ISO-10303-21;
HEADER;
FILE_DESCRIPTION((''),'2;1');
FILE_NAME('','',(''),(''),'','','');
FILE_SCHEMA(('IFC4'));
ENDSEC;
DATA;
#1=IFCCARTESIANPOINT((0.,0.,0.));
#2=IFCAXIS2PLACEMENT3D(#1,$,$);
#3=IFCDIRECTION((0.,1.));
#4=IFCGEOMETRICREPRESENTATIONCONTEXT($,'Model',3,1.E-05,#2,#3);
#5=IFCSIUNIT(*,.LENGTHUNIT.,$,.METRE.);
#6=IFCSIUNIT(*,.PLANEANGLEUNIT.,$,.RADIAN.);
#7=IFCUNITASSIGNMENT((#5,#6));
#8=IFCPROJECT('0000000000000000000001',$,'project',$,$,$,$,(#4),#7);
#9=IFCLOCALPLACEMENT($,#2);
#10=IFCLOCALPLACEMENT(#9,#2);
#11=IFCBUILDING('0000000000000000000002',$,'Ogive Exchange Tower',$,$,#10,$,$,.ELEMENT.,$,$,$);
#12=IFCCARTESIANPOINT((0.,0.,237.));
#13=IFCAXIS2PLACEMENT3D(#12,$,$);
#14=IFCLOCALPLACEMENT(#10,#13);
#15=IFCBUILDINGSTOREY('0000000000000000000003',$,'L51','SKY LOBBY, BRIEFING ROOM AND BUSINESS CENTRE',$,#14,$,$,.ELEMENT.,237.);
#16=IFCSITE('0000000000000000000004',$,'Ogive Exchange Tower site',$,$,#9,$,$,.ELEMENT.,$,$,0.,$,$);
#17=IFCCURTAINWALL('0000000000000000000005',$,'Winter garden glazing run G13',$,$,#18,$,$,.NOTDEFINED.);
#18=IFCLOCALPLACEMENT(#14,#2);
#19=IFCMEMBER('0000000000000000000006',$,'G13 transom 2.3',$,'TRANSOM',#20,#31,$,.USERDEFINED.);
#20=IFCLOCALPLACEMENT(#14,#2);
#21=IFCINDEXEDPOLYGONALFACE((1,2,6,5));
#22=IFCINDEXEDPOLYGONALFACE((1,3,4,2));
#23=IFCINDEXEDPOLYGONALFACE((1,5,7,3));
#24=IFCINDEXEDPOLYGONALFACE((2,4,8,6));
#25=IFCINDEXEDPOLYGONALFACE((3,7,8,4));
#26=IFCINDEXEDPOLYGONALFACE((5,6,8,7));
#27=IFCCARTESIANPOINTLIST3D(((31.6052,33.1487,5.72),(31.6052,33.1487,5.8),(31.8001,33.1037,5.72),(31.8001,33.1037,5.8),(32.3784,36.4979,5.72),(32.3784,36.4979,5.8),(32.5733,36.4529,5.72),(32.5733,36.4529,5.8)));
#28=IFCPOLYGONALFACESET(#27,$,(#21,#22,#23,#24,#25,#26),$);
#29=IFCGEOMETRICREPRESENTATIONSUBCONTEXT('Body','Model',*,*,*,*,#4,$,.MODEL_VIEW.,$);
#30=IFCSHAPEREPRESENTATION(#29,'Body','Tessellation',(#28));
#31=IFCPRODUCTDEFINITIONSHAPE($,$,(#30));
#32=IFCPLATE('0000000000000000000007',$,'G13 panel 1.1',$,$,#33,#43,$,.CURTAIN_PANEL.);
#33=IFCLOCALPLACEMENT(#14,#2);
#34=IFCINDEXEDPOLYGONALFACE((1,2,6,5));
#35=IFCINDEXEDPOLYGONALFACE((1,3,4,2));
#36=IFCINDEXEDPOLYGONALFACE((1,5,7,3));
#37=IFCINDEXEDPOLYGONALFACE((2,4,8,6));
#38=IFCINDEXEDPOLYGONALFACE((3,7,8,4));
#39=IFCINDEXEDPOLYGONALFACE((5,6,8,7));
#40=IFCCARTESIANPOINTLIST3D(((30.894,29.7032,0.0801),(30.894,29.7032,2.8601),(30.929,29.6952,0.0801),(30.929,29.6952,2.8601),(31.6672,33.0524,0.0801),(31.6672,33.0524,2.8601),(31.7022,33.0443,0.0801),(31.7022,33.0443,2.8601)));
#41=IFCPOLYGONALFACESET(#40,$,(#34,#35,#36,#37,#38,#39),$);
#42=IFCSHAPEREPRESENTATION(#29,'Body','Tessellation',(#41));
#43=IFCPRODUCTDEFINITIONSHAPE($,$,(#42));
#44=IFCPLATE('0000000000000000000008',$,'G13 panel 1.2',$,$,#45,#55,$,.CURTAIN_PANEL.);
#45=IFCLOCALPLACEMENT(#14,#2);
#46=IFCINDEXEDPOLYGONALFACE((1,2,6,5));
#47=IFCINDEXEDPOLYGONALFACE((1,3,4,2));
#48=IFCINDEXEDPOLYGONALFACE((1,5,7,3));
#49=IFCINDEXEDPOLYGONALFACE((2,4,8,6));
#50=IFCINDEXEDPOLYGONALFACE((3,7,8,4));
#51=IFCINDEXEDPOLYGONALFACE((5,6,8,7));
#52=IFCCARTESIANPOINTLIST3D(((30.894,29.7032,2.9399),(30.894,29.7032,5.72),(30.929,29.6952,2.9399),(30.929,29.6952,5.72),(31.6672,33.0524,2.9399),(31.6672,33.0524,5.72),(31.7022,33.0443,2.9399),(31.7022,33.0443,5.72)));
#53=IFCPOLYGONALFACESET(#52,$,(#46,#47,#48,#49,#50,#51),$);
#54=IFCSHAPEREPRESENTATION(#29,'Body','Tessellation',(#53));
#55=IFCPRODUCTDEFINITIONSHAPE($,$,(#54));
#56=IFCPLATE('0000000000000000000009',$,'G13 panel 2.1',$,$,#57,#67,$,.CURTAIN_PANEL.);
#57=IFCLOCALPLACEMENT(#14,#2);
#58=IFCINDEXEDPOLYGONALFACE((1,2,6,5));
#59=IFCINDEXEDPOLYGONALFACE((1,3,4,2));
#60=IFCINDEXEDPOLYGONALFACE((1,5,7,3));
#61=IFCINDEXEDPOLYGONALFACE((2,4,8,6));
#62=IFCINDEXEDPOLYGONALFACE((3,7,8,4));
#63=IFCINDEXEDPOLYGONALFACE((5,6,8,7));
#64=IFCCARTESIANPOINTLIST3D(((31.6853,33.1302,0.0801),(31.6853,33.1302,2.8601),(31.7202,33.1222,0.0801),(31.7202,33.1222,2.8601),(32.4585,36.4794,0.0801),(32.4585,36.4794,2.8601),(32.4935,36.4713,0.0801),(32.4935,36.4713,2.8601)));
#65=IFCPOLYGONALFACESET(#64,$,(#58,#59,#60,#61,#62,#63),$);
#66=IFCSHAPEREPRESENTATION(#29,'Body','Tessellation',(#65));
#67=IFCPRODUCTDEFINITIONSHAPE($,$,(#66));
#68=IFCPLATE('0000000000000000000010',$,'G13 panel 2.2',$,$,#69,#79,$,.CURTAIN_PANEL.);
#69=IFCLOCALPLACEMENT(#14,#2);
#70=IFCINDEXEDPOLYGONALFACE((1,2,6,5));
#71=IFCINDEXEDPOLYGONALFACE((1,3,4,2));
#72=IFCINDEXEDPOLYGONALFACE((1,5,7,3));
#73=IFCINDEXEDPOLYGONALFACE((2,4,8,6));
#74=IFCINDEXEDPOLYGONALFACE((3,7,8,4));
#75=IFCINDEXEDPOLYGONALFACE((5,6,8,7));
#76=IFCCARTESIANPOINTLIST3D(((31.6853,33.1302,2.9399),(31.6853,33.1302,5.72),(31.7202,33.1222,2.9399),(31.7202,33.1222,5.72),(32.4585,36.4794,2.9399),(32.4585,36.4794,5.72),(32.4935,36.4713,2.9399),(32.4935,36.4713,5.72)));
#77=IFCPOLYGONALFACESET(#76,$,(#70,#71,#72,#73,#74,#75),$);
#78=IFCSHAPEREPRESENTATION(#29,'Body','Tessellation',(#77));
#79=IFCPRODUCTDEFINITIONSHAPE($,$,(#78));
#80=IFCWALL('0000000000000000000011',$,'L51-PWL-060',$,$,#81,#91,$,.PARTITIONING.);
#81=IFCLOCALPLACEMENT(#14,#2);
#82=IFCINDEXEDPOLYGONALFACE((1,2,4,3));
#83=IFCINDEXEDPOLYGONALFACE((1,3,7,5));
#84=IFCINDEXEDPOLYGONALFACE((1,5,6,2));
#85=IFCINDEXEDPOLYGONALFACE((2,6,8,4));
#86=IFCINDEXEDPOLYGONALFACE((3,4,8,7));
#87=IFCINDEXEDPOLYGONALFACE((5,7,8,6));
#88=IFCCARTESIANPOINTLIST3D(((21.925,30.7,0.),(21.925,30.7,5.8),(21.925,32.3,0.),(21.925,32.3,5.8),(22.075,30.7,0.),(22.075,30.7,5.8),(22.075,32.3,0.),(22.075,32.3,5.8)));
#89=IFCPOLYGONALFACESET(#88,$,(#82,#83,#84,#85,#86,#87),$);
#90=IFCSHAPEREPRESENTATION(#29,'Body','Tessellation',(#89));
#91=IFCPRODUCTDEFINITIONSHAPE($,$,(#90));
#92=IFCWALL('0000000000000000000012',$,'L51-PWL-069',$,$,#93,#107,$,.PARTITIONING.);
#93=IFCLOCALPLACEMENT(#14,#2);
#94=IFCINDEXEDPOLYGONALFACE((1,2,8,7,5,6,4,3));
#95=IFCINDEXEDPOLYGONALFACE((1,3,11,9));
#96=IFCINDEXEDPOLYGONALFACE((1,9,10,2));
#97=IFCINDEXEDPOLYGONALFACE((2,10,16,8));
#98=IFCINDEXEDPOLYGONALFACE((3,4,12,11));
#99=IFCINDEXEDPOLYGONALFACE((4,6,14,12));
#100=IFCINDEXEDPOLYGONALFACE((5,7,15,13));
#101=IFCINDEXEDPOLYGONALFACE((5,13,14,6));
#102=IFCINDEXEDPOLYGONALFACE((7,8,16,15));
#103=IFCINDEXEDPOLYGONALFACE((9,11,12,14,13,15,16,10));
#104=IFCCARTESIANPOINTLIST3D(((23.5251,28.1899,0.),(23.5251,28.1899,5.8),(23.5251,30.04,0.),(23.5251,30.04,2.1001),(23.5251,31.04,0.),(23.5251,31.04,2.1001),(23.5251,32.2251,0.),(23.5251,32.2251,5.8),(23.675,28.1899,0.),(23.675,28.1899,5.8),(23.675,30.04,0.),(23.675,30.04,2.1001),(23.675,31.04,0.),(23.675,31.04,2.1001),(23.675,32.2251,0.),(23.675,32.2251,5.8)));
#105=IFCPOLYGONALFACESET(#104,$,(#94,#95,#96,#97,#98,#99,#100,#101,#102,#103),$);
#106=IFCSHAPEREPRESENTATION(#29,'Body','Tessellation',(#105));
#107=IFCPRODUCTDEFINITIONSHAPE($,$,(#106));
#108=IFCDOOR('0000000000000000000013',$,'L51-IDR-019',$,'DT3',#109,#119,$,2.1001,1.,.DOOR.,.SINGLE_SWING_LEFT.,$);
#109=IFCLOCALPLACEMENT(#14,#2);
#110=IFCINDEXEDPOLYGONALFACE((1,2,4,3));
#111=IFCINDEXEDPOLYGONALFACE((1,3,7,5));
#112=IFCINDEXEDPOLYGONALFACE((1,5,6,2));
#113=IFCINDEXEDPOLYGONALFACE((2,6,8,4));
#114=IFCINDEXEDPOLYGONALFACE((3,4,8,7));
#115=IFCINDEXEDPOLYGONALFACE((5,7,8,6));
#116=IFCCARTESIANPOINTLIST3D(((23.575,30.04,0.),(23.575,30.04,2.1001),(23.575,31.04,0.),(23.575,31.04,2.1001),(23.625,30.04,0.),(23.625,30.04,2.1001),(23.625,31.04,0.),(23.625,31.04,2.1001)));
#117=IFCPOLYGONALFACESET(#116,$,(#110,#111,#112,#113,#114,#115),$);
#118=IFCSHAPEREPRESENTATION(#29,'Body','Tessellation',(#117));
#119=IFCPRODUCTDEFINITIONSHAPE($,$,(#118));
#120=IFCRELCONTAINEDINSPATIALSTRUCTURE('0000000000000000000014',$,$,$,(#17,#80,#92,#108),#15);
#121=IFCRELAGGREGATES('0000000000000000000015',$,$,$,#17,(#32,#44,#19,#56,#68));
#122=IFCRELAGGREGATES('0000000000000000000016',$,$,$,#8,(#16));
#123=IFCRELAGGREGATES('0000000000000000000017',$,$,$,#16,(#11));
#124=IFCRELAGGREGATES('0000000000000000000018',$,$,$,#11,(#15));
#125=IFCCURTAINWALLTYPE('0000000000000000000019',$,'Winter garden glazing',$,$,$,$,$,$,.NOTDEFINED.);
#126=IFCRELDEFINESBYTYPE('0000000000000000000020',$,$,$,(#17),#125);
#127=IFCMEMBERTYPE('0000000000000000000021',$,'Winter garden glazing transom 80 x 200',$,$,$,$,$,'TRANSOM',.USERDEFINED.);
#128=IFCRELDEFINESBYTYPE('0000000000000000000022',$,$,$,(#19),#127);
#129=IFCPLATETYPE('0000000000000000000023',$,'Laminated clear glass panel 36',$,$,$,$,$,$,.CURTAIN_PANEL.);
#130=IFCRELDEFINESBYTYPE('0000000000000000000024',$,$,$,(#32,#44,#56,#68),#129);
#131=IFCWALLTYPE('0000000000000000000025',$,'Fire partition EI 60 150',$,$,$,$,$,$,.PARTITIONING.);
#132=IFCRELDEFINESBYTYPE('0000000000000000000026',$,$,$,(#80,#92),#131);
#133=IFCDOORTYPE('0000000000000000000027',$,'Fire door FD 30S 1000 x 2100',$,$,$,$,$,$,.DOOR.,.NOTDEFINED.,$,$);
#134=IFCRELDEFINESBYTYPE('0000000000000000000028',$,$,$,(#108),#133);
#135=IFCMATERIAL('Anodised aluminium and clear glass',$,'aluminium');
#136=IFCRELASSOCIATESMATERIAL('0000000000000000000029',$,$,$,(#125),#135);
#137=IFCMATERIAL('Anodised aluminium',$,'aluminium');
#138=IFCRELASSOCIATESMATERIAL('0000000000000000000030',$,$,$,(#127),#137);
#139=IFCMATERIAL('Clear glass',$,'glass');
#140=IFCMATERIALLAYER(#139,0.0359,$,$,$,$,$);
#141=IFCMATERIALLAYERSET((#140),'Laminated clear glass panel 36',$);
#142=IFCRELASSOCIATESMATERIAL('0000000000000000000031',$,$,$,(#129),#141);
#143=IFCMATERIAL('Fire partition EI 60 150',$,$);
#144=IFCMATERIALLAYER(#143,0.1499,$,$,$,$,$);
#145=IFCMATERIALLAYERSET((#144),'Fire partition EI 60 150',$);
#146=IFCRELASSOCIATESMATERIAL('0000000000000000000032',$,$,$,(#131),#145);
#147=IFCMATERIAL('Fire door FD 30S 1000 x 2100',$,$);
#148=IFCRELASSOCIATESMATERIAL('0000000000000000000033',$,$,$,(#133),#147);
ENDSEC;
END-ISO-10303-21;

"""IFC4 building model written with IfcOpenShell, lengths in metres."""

from ifc_helpers import new_model, si_unit, direction, frame, frame_2d, origin, origin_2d, place, context, subcontext, project, spatial, rectangle, extrude, material, layer, layer_set, material_profile, profile_set, type_object, element, fill, aggregate, save


model = new_model("IFC4")

# Units and contexts
model_context = context("Model", 3, precision=1e-05, world=origin(), true_north=direction((0.0, 1.0)))
body_context = subcontext(model_context, "Body", "Model", "MODEL_VIEW")
ifc_project = project(units=[si_unit("LENGTHUNIT", "METRE"), si_unit("PLANEANGLEUNIT", "RADIAN")], contexts=[model_context])

# Site, building, storey
site_placement = place(None, origin())
site = spatial("IfcSite", under=ifc_project, at=site_placement, Name="Ogive Exchange Tower site", CompositionType="ELEMENT", RefElevation=0.0)
building_placement = place(site_placement, origin())
building = spatial("IfcBuilding", under=site, at=building_placement, Name="Ogive Exchange Tower", CompositionType="ELEMENT")
storey_placement = place(building_placement, frame((0.0, 0.0, 237.0)))
storey = spatial("IfcBuildingStorey", under=building, at=storey_placement, Name="L51", Description="SKY LOBBY, BRIEFING ROOM AND BUSINESS CENTRE", CompositionType="ELEMENT", Elevation=237.0)

# Curtain wall, member, plates
ifc_material_1 = material(Name="Anodised aluminium and clear glass", Category="aluminium")
curtain_wall_type = type_object("IfcCurtainWallType", Name="Winter garden glazing", PredefinedType="NOTDEFINED", material=ifc_material_1)
curtain_wall_placement = place(storey_placement, origin())
curtain_wall = element("IfcCurtainWall", 1, at=curtain_wall_placement, inside=storey, type_object=curtain_wall_type, Name="Winter garden glazing run G13", PredefinedType="NOTDEFINED")
ifc_material_2 = material(Name="Anodised aluminium", Category="aluminium")
ifc_material_profile_1 = material_profile(ifc_material_2, rectangle(XDim=0.2, YDim=0.0801, at=origin_2d()), Name="AL 80x200")
ifc_profile_set_1 = profile_set([ifc_material_profile_1], Name="Anodised aluminium")
member_type_1 = type_object("IfcMemberType", Name="Winter garden glazing transom 80 x 200", ElementType="TRANSOM", PredefinedType="USERDEFINED", material=ifc_profile_set_1)
member_1_placement = place(storey_placement, frame((31.7026, 33.1262, 5.76), z_axis=(0.224948, 0.974371, 0.0), x_axis=(-0.974371, 0.224948, 0.0)))
member_1 = element("IfcMember", 2, at=member_1_placement, type_object=member_type_1, Name="G13 transom 2.3", ObjectType="TRANSOM", PredefinedType="USERDEFINED", context=body_context, shape_type="SweptSolid", body=[
    extrude(rectangle(XDim=0.2, YDim=0.0801, at=origin_2d()), origin(), (0.0, 0.0, 1.0), 3.4373),
])
ifc_material_3 = material(Name="Clear glass", Category="glass")
ifc_layer_1 = layer(ifc_material_3, 0.0359)
ifc_layer_set_1 = layer_set([ifc_layer_1], Name="Laminated clear glass panel 36")
plate_type = type_object("IfcPlateType", Name="Laminated clear glass panel 36", PredefinedType="CURTAIN_PANEL", material=ifc_layer_set_1)
plate_1_placement = place(storey_placement, frame((31.2981, 31.3738, 0.0801), z_axis=(0.0, 0.0, 1.0), x_axis=(0.224954, 0.974369, 0.0)))
plate_1 = element("IfcPlate", 3, at=plate_1_placement, type_object=plate_type, Name="G13 panel 1.1", PredefinedType="CURTAIN_PANEL", context=body_context, shape_type="SweptSolid", body=[
    extrude(rectangle(XDim=3.4373, YDim=0.0359, at=origin_2d()), origin(), (0.0, 0.0, 1.0), 2.78),
])
plate_2_placement = place(storey_placement, frame((31.2981, 31.3738, 2.9399), z_axis=(0.0, 0.0, 1.0), x_axis=(0.224954, 0.974369, 0.0)))
plate_2 = element("IfcPlate", 4, at=plate_2_placement, type_object=plate_type, Name="G13 panel 1.2", PredefinedType="CURTAIN_PANEL", context=body_context, shape_type="SweptSolid", body=[
    extrude(rectangle(XDim=3.4373, YDim=0.0359, at=origin_2d()), origin(), (0.0, 0.0, 1.0), 2.78),
])
plate_3_placement = place(storey_placement, frame((32.0894, 34.8008, 0.0801), z_axis=(0.0, 0.0, 1.0), x_axis=(0.224954, 0.974369, 0.0)))
plate_3 = element("IfcPlate", 5, at=plate_3_placement, type_object=plate_type, Name="G13 panel 2.1", PredefinedType="CURTAIN_PANEL", context=body_context, shape_type="SweptSolid", body=[
    extrude(rectangle(XDim=3.4373, YDim=0.0359, at=origin_2d()), origin(), (0.0, 0.0, 1.0), 2.78),
])
plate_4_placement = place(storey_placement, frame((32.0894, 34.8008, 2.9399), z_axis=(0.0, 0.0, 1.0), x_axis=(0.224954, 0.974369, 0.0)))
plate_4 = element("IfcPlate", 6, at=plate_4_placement, type_object=plate_type, Name="G13 panel 2.2", PredefinedType="CURTAIN_PANEL", context=body_context, shape_type="SweptSolid", body=[
    extrude(rectangle(XDim=3.4373, YDim=0.0359, at=origin_2d()), origin(), (0.0, 0.0, 1.0), 2.78),
])
aggregate(curtain_wall, [plate_1, plate_2, member_1, plate_3, plate_4])

# Wall
ifc_material_4 = material(Name="Fire partition EI 60 150")
ifc_layer_2 = layer(ifc_material_4, 0.1499)
ifc_layer_set_2 = layer_set([ifc_layer_2], Name="Fire partition EI 60 150")
wall_type = type_object("IfcWallType", Name="Fire partition EI 60 150", PredefinedType="PARTITIONING", material=ifc_layer_set_2)
wall_1_placement = place(storey_placement, frame((22.0, 30.7, 0.0), z_axis=(0.0, 0.0, 1.0), x_axis=(0.0, 1.0, 0.0)))
element("IfcWall", 7, at=wall_1_placement, inside=storey, type_object=wall_type, Name="L51-PWL-060", PredefinedType="PARTITIONING", context=body_context, shape_type="SweptSolid", body=[
    extrude(rectangle(XDim=1.6001, YDim=0.1499, at=frame_2d((0.8, 0.0))), origin(), (0.0, 0.0, 1.0), 5.8),
])

# Wall, opening, door
wall_2_placement = place(storey_placement, frame((23.6001, 32.2251, 0.0), z_axis=(0.0, 0.0, 1.0), x_axis=(0.0, -1.0, 0.0)))
wall_2 = element("IfcWall", 8, at=wall_2_placement, inside=storey, type_object=wall_type, Name="L51-PWL-069", PredefinedType="PARTITIONING", context=body_context, shape_type="SweptSolid", body=[
    extrude(rectangle(XDim=4.0352, YDim=0.1499, at=frame_2d((2.0176, 0.0))), origin(), (0.0, 0.0, 1.0), 5.8),
])
opening_placement = place(wall_2_placement, frame((1.1851, 0.0, 0.0)))
opening = element("IfcOpeningElement", 9, at=opening_placement, cuts=wall_2, PredefinedType="OPENING", context=body_context, shape_type="SweptSolid", body=[
    extrude(rectangle(XDim=1.0, YDim=2.1001, at=frame_2d((0.5, 1.05))), frame((0.0, 0.085, 0.0), z_axis=(0.0, -1.0, 0.0), x_axis=(1.0, 0.0, 0.0)), (0.0, 0.0, 1.0), 0.1699),
])
ifc_material_5 = material(Name="Fire door FD 30S 1000 x 2100")
door_type = type_object("IfcDoorType", Name="Fire door FD 30S 1000 x 2100", OperationType="NOTDEFINED", PredefinedType="DOOR", material=ifc_material_5)
door_placement = place(opening_placement, origin())
door = element("IfcDoor", 10, at=door_placement, inside=storey, type_object=door_type, Name="L51-IDR-019", ObjectType="DT3", OperationType="SINGLE_SWING_LEFT", OverallHeight=2.1001, OverallWidth=1.0, PredefinedType="DOOR", context=body_context, shape_type="SweptSolid", body=[
    extrude(rectangle(XDim=1.0, YDim=2.1001, at=frame_2d((0.5, 1.05))), frame((0.0, 0.0249, 0.0), z_axis=(0.0, -1.0, 0.0), x_axis=(1.0, 0.0, 0.0)), (0.0, 0.0, 1.0), 0.05),
])
fill(opening, door)

save(model, "model.ifc")
